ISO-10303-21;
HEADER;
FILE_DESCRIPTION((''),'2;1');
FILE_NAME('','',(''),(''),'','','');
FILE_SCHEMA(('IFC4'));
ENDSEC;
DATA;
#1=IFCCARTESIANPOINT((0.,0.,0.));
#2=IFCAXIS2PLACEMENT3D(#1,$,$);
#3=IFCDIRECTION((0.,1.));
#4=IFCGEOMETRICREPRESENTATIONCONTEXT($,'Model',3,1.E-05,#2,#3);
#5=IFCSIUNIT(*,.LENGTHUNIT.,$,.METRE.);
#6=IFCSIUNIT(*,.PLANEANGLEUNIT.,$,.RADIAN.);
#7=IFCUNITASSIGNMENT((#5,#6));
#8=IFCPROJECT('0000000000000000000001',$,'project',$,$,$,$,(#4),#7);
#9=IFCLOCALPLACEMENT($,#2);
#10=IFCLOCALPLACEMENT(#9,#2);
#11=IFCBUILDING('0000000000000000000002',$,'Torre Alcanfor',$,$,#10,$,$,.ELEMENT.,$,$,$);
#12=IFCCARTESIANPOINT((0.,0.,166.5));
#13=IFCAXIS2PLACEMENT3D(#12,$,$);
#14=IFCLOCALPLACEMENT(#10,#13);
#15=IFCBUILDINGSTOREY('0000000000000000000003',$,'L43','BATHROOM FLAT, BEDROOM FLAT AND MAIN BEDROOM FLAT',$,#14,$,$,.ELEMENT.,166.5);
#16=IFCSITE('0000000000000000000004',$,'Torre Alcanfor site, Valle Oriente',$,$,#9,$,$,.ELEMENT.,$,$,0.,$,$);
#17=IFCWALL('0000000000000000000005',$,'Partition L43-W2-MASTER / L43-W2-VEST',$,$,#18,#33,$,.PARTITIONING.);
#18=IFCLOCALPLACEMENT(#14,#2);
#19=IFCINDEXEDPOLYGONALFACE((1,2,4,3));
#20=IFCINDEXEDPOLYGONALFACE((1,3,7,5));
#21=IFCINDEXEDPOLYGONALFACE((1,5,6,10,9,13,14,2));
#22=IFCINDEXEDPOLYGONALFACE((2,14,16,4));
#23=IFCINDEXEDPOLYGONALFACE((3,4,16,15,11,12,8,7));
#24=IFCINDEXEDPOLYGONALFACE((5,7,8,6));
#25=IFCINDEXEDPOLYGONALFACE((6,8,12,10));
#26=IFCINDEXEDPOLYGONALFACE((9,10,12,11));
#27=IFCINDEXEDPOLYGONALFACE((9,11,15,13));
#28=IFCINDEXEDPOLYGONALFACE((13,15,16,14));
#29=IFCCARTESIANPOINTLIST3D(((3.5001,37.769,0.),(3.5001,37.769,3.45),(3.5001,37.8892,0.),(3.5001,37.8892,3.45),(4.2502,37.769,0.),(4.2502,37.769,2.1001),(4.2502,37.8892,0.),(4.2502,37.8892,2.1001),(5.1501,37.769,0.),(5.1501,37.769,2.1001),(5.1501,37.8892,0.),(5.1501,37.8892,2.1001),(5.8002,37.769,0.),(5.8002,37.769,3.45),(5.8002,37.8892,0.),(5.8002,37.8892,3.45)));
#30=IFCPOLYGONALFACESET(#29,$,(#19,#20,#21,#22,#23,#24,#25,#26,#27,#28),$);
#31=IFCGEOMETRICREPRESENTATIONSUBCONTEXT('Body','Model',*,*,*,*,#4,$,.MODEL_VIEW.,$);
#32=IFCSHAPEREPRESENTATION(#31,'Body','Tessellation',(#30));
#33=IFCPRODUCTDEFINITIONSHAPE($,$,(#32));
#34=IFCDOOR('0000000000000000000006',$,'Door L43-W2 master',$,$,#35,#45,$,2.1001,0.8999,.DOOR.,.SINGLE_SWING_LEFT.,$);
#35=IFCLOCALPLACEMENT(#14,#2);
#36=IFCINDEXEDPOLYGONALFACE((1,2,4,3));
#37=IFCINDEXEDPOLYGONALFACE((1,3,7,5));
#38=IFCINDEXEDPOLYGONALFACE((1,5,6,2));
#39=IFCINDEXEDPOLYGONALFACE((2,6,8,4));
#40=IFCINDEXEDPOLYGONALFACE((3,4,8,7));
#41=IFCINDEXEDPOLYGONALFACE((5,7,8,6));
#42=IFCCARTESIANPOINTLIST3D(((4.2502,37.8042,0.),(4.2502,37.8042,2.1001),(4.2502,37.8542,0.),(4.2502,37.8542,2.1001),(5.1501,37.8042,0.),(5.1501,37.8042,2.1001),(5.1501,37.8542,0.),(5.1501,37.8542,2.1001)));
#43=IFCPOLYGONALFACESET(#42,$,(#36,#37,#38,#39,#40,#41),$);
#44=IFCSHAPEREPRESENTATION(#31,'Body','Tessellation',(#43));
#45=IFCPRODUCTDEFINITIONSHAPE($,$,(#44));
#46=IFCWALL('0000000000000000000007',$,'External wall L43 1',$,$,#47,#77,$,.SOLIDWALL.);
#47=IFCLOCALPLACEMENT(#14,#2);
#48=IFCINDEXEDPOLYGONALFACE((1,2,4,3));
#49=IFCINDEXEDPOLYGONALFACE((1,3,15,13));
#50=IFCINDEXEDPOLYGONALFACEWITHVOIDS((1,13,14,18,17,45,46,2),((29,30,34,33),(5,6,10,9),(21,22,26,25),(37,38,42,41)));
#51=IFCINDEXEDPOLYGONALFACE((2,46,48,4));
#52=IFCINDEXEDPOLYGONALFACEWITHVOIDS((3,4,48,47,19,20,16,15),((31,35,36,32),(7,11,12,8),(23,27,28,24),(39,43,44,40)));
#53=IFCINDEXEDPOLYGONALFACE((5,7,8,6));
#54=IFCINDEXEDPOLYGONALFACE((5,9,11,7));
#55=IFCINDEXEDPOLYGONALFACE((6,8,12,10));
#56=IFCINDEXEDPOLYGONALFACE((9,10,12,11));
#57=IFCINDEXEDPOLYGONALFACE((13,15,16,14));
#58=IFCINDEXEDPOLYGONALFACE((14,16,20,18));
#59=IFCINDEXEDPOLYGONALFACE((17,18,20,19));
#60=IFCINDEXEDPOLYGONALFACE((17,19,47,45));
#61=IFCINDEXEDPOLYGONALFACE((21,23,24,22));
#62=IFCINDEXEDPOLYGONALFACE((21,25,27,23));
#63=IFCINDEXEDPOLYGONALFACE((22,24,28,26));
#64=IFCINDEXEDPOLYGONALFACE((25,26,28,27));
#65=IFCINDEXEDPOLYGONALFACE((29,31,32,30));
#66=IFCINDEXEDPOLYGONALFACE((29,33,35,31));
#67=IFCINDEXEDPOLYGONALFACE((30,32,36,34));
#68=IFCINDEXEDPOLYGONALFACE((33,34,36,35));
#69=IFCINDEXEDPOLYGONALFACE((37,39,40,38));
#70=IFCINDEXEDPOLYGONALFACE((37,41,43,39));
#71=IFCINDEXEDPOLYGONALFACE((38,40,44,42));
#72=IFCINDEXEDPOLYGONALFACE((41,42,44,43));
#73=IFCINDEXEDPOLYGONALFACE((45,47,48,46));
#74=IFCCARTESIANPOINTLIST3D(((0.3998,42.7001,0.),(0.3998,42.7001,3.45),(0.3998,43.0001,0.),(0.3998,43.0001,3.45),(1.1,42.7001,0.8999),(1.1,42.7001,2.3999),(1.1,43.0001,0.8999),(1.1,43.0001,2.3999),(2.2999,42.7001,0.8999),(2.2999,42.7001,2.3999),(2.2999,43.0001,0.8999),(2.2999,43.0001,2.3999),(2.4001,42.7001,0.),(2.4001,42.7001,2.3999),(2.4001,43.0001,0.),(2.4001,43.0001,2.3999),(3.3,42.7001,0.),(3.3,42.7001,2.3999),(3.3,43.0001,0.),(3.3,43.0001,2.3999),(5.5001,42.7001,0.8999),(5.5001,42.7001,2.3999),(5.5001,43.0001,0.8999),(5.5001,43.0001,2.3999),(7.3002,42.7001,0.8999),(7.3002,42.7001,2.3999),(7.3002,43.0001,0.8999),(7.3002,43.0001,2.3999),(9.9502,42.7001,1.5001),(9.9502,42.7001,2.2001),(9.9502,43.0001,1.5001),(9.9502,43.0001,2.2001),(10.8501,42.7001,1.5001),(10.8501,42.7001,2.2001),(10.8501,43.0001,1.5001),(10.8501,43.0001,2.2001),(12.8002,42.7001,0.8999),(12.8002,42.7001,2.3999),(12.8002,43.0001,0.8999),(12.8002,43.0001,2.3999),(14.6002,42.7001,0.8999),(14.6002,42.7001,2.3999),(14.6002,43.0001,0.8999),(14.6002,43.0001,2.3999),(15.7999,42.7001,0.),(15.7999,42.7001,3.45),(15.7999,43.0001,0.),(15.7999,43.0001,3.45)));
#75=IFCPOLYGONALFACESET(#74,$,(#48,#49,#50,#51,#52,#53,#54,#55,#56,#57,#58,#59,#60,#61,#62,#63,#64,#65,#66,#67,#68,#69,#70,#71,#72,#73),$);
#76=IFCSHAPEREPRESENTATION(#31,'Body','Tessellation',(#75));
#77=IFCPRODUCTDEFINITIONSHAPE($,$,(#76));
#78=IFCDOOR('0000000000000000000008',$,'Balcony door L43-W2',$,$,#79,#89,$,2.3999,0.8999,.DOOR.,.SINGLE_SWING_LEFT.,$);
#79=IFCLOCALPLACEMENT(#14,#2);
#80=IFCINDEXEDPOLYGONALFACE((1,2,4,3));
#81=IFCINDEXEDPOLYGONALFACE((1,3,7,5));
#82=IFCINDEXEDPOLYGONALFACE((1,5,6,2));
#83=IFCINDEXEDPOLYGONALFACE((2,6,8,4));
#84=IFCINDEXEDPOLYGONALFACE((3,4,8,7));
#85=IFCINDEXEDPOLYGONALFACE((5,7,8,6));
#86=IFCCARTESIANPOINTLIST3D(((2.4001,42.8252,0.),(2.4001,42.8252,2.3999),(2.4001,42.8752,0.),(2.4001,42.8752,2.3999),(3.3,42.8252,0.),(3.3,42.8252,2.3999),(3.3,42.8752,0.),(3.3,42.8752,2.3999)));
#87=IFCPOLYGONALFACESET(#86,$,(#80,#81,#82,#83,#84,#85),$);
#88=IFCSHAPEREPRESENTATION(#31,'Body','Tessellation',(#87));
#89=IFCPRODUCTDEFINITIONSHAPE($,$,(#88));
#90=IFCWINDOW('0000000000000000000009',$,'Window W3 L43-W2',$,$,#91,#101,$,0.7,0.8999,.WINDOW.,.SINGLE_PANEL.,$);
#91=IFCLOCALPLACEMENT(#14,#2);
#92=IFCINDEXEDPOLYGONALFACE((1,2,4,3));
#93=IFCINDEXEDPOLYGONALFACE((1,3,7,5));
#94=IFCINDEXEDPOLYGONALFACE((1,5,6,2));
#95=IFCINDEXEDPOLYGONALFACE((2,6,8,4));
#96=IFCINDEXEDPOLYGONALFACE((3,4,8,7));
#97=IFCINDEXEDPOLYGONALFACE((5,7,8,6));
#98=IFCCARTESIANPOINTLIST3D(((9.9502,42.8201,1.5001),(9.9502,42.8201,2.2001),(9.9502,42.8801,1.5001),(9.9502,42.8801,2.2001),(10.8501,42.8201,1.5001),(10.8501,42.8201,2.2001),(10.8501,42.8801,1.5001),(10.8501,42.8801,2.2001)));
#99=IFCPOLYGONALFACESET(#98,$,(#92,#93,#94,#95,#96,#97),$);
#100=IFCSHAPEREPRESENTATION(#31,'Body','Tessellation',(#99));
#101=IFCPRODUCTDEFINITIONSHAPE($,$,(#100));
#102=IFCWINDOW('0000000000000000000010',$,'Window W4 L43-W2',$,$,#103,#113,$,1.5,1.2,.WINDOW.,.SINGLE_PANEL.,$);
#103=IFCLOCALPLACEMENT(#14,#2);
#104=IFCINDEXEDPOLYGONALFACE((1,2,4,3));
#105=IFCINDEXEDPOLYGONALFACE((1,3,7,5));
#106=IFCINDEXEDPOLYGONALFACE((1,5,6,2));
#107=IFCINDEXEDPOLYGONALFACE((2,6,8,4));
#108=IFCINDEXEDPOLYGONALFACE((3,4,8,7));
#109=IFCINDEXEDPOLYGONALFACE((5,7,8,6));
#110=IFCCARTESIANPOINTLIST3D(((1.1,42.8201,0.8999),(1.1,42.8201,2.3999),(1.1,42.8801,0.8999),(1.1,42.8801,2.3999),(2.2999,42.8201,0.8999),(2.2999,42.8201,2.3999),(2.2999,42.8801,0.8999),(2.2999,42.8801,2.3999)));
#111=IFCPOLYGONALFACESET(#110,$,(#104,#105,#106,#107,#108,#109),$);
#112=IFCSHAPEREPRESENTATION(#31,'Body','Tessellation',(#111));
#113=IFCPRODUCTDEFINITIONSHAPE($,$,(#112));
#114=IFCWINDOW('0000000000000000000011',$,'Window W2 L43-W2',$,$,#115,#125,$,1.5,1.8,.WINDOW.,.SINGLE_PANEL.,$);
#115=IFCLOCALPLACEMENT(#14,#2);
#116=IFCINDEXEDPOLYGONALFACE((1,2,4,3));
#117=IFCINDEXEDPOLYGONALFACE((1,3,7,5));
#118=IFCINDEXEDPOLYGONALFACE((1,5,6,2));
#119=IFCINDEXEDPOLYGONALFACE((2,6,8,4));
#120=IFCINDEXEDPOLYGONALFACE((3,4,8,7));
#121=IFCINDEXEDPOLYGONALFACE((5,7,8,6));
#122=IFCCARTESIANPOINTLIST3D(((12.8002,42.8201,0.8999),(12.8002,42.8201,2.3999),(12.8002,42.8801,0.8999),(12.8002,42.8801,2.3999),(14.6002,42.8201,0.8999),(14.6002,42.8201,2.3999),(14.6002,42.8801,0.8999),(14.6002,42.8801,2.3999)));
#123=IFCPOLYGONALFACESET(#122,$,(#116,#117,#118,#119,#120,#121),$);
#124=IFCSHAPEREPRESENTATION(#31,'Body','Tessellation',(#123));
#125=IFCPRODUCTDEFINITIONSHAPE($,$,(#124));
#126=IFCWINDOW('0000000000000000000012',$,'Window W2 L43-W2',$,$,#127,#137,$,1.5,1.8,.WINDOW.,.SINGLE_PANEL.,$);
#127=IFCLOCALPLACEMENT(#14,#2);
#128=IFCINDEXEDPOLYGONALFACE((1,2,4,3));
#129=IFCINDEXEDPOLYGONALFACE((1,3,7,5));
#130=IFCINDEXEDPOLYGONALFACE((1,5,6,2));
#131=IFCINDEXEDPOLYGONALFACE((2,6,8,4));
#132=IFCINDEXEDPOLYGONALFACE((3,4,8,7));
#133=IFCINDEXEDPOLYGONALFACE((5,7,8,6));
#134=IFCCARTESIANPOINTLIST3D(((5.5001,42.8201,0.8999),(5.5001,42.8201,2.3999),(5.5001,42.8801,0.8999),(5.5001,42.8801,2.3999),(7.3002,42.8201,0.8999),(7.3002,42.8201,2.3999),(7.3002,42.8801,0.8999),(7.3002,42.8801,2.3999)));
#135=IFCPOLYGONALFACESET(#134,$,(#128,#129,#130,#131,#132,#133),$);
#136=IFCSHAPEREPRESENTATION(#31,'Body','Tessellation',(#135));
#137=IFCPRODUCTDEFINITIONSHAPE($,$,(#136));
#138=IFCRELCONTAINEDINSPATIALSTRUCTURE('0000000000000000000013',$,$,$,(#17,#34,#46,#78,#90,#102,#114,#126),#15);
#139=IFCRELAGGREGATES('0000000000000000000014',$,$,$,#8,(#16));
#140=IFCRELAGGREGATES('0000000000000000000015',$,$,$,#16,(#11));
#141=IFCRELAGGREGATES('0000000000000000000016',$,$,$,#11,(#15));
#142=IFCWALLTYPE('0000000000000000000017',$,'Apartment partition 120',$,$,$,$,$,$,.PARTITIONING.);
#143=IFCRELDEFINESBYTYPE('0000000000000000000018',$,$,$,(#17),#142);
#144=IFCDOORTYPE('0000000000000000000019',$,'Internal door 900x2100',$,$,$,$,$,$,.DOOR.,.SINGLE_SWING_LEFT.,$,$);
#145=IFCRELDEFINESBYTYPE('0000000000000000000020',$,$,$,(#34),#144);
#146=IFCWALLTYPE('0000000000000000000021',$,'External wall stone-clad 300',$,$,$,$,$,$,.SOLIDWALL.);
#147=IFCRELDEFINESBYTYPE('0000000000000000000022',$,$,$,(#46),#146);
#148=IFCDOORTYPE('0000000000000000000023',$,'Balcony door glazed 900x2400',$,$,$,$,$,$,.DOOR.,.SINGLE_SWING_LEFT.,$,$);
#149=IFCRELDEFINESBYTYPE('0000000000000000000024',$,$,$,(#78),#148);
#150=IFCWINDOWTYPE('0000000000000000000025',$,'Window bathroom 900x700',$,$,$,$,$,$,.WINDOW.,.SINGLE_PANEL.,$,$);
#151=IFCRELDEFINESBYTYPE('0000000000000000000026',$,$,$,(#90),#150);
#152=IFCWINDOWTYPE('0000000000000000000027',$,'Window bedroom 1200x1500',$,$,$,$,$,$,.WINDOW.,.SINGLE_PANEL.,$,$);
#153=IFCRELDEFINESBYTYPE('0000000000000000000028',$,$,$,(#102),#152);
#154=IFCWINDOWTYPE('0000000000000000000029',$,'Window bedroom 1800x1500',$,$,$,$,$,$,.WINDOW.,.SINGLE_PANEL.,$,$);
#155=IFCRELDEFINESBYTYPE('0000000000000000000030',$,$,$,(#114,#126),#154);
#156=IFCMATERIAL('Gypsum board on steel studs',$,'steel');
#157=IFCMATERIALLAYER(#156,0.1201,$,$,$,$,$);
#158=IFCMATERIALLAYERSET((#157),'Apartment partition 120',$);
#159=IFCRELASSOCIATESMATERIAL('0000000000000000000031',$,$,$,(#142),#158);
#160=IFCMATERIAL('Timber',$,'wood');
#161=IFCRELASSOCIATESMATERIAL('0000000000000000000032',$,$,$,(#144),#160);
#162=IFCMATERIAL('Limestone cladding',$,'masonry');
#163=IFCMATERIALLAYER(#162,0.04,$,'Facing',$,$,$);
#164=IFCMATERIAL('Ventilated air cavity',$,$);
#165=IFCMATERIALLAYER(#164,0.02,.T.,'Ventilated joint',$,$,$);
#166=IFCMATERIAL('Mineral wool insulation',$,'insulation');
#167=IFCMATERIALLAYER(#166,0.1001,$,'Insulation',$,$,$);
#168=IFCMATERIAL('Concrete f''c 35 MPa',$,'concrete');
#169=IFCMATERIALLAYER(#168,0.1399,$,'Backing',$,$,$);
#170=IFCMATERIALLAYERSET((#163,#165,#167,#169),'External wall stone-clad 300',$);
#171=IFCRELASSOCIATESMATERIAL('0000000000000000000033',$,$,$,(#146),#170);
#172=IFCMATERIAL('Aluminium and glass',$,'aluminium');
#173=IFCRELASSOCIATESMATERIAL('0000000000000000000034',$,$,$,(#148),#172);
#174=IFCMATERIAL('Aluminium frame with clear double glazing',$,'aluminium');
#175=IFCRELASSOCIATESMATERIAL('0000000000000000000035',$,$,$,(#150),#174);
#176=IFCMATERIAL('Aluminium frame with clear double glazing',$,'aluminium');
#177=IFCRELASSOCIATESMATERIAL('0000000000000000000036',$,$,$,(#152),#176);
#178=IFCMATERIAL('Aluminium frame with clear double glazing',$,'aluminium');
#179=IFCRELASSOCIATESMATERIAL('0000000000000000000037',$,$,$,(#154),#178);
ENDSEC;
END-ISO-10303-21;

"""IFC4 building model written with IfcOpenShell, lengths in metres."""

from ifc_helpers import new_model, si_unit, direction, frame, frame_2d, origin, place, context, subcontext, project, spatial, rectangle, extrude, material, layer, layer_set, type_object, element, fill, save


model = new_model("IFC4")

# Units and contexts
model_context = context("Model", 3, precision=1e-05, world=origin(), true_north=direction((0.0, 1.0)))
body_context = subcontext(model_context, "Body", "Model", "MODEL_VIEW")
ifc_project = project(units=[si_unit("LENGTHUNIT", "METRE"), si_unit("PLANEANGLEUNIT", "RADIAN")], contexts=[model_context])

# Site, building, storey
site_placement = place(None, origin())
site = spatial("IfcSite", under=ifc_project, at=site_placement, Name="Torre Alcanfor site, Valle Oriente", CompositionType="ELEMENT", RefElevation=0.0)
building_placement = place(site_placement, origin())
building = spatial("IfcBuilding", under=site, at=building_placement, Name="Torre Alcanfor", CompositionType="ELEMENT")
storey_placement = place(building_placement, frame((0.0, 0.0, 166.5)))
storey = spatial("IfcBuildingStorey", under=building, at=storey_placement, Name="L43", Description="BATHROOM FLAT, BEDROOM FLAT AND MAIN BEDROOM FLAT", CompositionType="ELEMENT", Elevation=166.5)

# Shared definitions
ifc_material_1 = material(Name="Gypsum board on steel studs", Category="steel")
ifc_layer_1 = layer(ifc_material_1, 0.1201)
ifc_layer_set_1 = layer_set([ifc_layer_1], Name="Apartment partition 120")
wall_type_1 = type_object("IfcWallType", Name="Apartment partition 120", PredefinedType="PARTITIONING", material=ifc_layer_set_1)
ifc_material_2 = material(Name="Timber", Category="wood")
door_type_1 = type_object("IfcDoorType", Name="Internal door 900x2100", OperationType="SINGLE_SWING_LEFT", PredefinedType="DOOR", material=ifc_material_2)

# Wall, opening, door
wall_1_placement = place(storey_placement, frame((5.8, 37.8291, 0.0), z_axis=(0.0, 0.0, 1.0), x_axis=(-1.0, 0.0, 0.0)))
wall_1 = element("IfcWall", 1, at=wall_1_placement, inside=storey, type_object=wall_type_1, Name="Partition L43-W2-MASTER / L43-W2-VEST", PredefinedType="PARTITIONING", context=body_context, shape_type="SweptSolid", body=[
    extrude(rectangle(XDim=2.3, YDim=0.1201, at=frame_2d((1.1499, 0.0))), origin(), (0.0, 0.0, 1.0), 3.45),
])
opening_1_placement = place(wall_1_placement, frame((0.6499, 0.0, 0.0)))
opening_1 = element("IfcOpeningElement", 2, at=opening_1_placement, cuts=wall_1, PredefinedType="OPENING", context=body_context, shape_type="SweptSolid", body=[
    extrude(rectangle(XDim=0.8999, YDim=2.1001, at=frame_2d((0.45, 1.05))), frame((0.0, 0.0701, 0.0), z_axis=(0.0, -1.0, 0.0), x_axis=(1.0, 0.0, 0.0)), (0.0, 0.0, 1.0), 0.1401),
])
door_1_placement = place(opening_1_placement, origin())
door_1 = element("IfcDoor", 3, at=door_1_placement, inside=storey, type_object=door_type_1, Name="Door L43-W2 master", OperationType="SINGLE_SWING_LEFT", OverallHeight=2.1001, OverallWidth=0.8999, PredefinedType="DOOR", context=body_context, shape_type="SweptSolid", body=[
    extrude(rectangle(XDim=0.8999, YDim=2.1001, at=frame_2d((0.45, 1.05))), frame((0.0, 0.0249, 0.0), z_axis=(0.0, -1.0, 0.0), x_axis=(1.0, 0.0, 0.0)), (0.0, 0.0, 1.0), 0.05),
])
fill(opening_1, door_1)

# Wall, openings, door, windows
ifc_material_3 = material(Name="Limestone cladding", Category="masonry")
ifc_layer_2 = layer(ifc_material_3, 0.04, Name="Facing")
ifc_material_4 = material(Name="Ventilated air cavity")
ifc_layer_3 = layer(ifc_material_4, 0.02, ventilated=True, Name="Ventilated joint")
ifc_material_5 = material(Name="Mineral wool insulation", Category="insulation")
ifc_layer_4 = layer(ifc_material_5, 0.1001, Name="Insulation")
ifc_material_6 = material(Name="Concrete f'c 35 MPa", Category="concrete")
ifc_layer_5 = layer(ifc_material_6, 0.1399, Name="Backing")
ifc_layer_set_2 = layer_set([ifc_layer_2, ifc_layer_3, ifc_layer_4, ifc_layer_5], Name="External wall stone-clad 300")
wall_type_2 = type_object("IfcWallType", Name="External wall stone-clad 300", PredefinedType="SOLIDWALL", material=ifc_layer_set_2)
wall_2_placement = place(storey_placement, frame((15.8, 42.8501, 0.0), z_axis=(0.0, 0.0, 1.0), x_axis=(-1.0, 0.0, 0.0)))
wall_2 = element("IfcWall", 4, at=wall_2_placement, inside=storey, type_object=wall_type_2, Name="External wall L43 1", PredefinedType="SOLIDWALL", context=body_context, shape_type="SweptSolid", body=[
    extrude(rectangle(XDim=15.4001, YDim=0.3, at=frame_2d((7.7002, 0.0))), origin(), (0.0, 0.0, 1.0), 3.45),
])
opening_2_placement = place(wall_2_placement, frame((1.2, 0.0, 0.8999)))
opening_2 = element("IfcOpeningElement", 5, at=opening_2_placement, cuts=wall_2, PredefinedType="OPENING", context=body_context, shape_type="SweptSolid", body=[
    extrude(rectangle(XDim=1.8, YDim=1.5, at=frame_2d((0.8999, 0.75))), frame((0.0, 0.1599, 0.0), z_axis=(0.0, -1.0, 0.0), x_axis=(1.0, 0.0, 0.0)), (0.0, 0.0, 1.0), 0.3201),
])
opening_3_placement = place(wall_2_placement, frame((4.95, 0.0, 1.5)))
opening_3 = element("IfcOpeningElement", 6, at=opening_3_placement, cuts=wall_2, PredefinedType="OPENING", context=body_context, shape_type="SweptSolid", body=[
    extrude(rectangle(XDim=0.8999, YDim=0.7, at=frame_2d((0.45, 0.3501))), frame((0.0, 0.1599, 0.0), z_axis=(0.0, -1.0, 0.0), x_axis=(1.0, 0.0, 0.0)), (0.0, 0.0, 1.0), 0.3201),
])
opening_4_placement = place(wall_2_placement, frame((8.5, 0.0, 0.8999)))
opening_4 = element("IfcOpeningElement", 7, at=opening_4_placement, cuts=wall_2, PredefinedType="OPENING", context=body_context, shape_type="SweptSolid", body=[
    extrude(rectangle(XDim=1.8, YDim=1.5, at=frame_2d((0.8999, 0.75))), frame((0.0, 0.1599, 0.0), z_axis=(0.0, -1.0, 0.0), x_axis=(1.0, 0.0, 0.0)), (0.0, 0.0, 1.0), 0.3201),
])
opening_5_placement = place(wall_2_placement, frame((12.5, 0.0, 0.0)))
opening_5 = element("IfcOpeningElement", 8, at=opening_5_placement, cuts=wall_2, PredefinedType="OPENING", context=body_context, shape_type="SweptSolid", body=[
    extrude(rectangle(XDim=0.8999, YDim=2.3999, at=frame_2d((0.45, 1.2))), frame((0.0, 0.1599, 0.0), z_axis=(0.0, -1.0, 0.0), x_axis=(1.0, 0.0, 0.0)), (0.0, 0.0, 1.0), 0.3201),
])
opening_6_placement = place(wall_2_placement, frame((13.5, 0.0, 0.8999)))
opening_6 = element("IfcOpeningElement", 9, at=opening_6_placement, cuts=wall_2, PredefinedType="OPENING", context=body_context, shape_type="SweptSolid", body=[
    extrude(rectangle(XDim=1.2, YDim=1.5, at=frame_2d((0.6001, 0.75))), frame((0.0, 0.1599, 0.0), z_axis=(0.0, -1.0, 0.0), x_axis=(1.0, 0.0, 0.0)), (0.0, 0.0, 1.0), 0.3201),
])
ifc_material_7 = material(Name="Aluminium and glass", Category="aluminium")
door_type_2 = type_object("IfcDoorType", Name="Balcony door glazed 900x2400", OperationType="SINGLE_SWING_LEFT", PredefinedType="DOOR", material=ifc_material_7)
door_2_placement = place(opening_5_placement, origin())
door_2 = element("IfcDoor", 10, at=door_2_placement, inside=storey, type_object=door_type_2, Name="Balcony door L43-W2", OperationType="SINGLE_SWING_LEFT", OverallHeight=2.3999, OverallWidth=0.8999, PredefinedType="DOOR", context=body_context, shape_type="SweptSolid", body=[
    extrude(rectangle(XDim=0.8999, YDim=2.3999, at=frame_2d((0.45, 1.2))), frame((0.0, 0.0249, 0.0), z_axis=(0.0, -1.0, 0.0), x_axis=(1.0, 0.0, 0.0)), (0.0, 0.0, 1.0), 0.05),
])
fill(opening_5, door_2)
ifc_material_8 = material(Name="Aluminium frame with clear double glazing", Category="aluminium")
window_type_1 = type_object("IfcWindowType", Name="Window bathroom 900x700", PartitioningType="SINGLE_PANEL", PredefinedType="WINDOW", material=ifc_material_8)
window_1_placement = place(opening_3_placement, origin())
window_1 = element("IfcWindow", 11, at=window_1_placement, inside=storey, type_object=window_type_1, Name="Window W3 L43-W2", OverallHeight=0.7, OverallWidth=0.8999, PartitioningType="SINGLE_PANEL", PredefinedType="WINDOW", context=body_context, shape_type="SweptSolid", body=[
    extrude(rectangle(XDim=0.8999, YDim=0.7, at=frame_2d((0.45, 0.3501))), frame((0.0, 0.03, 0.0), z_axis=(0.0, -1.0, 0.0), x_axis=(1.0, 0.0, 0.0)), (0.0, 0.0, 1.0), 0.0601),
])
fill(opening_3, window_1)
ifc_material_9 = material(Name="Aluminium frame with clear double glazing", Category="aluminium")
window_type_2 = type_object("IfcWindowType", Name="Window bedroom 1200x1500", PartitioningType="SINGLE_PANEL", PredefinedType="WINDOW", material=ifc_material_9)
window_2_placement = place(opening_6_placement, origin())
window_2 = element("IfcWindow", 12, at=window_2_placement, inside=storey, type_object=window_type_2, Name="Window W4 L43-W2", OverallHeight=1.5, OverallWidth=1.2, PartitioningType="SINGLE_PANEL", PredefinedType="WINDOW", context=body_context, shape_type="SweptSolid", body=[
    extrude(rectangle(XDim=1.2, YDim=1.5, at=frame_2d((0.6001, 0.75))), frame((0.0, 0.03, 0.0), z_axis=(0.0, -1.0, 0.0), x_axis=(1.0, 0.0, 0.0)), (0.0, 0.0, 1.0), 0.0601),
])
fill(opening_6, window_2)
ifc_material_10 = material(Name="Aluminium frame with clear double glazing", Category="aluminium")
window_type_3 = type_object("IfcWindowType", Name="Window bedroom 1800x1500", PartitioningType="SINGLE_PANEL", PredefinedType="WINDOW", material=ifc_material_10)
window_3_placement = place(opening_2_placement, origin())
window_3 = element("IfcWindow", 13, at=window_3_placement, inside=storey, type_object=window_type_3, Name="Window W2 L43-W2", OverallHeight=1.5, OverallWidth=1.8, PartitioningType="SINGLE_PANEL", PredefinedType="WINDOW", context=body_context, shape_type="SweptSolid", body=[
    extrude(rectangle(XDim=1.8, YDim=1.5, at=frame_2d((0.8999, 0.75))), frame((0.0, 0.03, 0.0), z_axis=(0.0, -1.0, 0.0), x_axis=(1.0, 0.0, 0.0)), (0.0, 0.0, 1.0), 0.0601),
])
fill(opening_2, window_3)
window_4_placement = place(opening_4_placement, origin())
window_4 = element("IfcWindow", 14, at=window_4_placement, inside=storey, type_object=window_type_3, Name="Window W2 L43-W2", OverallHeight=1.5, OverallWidth=1.8, PartitioningType="SINGLE_PANEL", PredefinedType="WINDOW", context=body_context, shape_type="SweptSolid", body=[
    extrude(rectangle(XDim=1.8, YDim=1.5, at=frame_2d((0.8999, 0.75))), frame((0.0, 0.03, 0.0), z_axis=(0.0, -1.0, 0.0), x_axis=(1.0, 0.0, 0.0)), (0.0, 0.0, 1.0), 0.0601),
])
fill(opening_4, window_4)

save(model, "model.ifc")
